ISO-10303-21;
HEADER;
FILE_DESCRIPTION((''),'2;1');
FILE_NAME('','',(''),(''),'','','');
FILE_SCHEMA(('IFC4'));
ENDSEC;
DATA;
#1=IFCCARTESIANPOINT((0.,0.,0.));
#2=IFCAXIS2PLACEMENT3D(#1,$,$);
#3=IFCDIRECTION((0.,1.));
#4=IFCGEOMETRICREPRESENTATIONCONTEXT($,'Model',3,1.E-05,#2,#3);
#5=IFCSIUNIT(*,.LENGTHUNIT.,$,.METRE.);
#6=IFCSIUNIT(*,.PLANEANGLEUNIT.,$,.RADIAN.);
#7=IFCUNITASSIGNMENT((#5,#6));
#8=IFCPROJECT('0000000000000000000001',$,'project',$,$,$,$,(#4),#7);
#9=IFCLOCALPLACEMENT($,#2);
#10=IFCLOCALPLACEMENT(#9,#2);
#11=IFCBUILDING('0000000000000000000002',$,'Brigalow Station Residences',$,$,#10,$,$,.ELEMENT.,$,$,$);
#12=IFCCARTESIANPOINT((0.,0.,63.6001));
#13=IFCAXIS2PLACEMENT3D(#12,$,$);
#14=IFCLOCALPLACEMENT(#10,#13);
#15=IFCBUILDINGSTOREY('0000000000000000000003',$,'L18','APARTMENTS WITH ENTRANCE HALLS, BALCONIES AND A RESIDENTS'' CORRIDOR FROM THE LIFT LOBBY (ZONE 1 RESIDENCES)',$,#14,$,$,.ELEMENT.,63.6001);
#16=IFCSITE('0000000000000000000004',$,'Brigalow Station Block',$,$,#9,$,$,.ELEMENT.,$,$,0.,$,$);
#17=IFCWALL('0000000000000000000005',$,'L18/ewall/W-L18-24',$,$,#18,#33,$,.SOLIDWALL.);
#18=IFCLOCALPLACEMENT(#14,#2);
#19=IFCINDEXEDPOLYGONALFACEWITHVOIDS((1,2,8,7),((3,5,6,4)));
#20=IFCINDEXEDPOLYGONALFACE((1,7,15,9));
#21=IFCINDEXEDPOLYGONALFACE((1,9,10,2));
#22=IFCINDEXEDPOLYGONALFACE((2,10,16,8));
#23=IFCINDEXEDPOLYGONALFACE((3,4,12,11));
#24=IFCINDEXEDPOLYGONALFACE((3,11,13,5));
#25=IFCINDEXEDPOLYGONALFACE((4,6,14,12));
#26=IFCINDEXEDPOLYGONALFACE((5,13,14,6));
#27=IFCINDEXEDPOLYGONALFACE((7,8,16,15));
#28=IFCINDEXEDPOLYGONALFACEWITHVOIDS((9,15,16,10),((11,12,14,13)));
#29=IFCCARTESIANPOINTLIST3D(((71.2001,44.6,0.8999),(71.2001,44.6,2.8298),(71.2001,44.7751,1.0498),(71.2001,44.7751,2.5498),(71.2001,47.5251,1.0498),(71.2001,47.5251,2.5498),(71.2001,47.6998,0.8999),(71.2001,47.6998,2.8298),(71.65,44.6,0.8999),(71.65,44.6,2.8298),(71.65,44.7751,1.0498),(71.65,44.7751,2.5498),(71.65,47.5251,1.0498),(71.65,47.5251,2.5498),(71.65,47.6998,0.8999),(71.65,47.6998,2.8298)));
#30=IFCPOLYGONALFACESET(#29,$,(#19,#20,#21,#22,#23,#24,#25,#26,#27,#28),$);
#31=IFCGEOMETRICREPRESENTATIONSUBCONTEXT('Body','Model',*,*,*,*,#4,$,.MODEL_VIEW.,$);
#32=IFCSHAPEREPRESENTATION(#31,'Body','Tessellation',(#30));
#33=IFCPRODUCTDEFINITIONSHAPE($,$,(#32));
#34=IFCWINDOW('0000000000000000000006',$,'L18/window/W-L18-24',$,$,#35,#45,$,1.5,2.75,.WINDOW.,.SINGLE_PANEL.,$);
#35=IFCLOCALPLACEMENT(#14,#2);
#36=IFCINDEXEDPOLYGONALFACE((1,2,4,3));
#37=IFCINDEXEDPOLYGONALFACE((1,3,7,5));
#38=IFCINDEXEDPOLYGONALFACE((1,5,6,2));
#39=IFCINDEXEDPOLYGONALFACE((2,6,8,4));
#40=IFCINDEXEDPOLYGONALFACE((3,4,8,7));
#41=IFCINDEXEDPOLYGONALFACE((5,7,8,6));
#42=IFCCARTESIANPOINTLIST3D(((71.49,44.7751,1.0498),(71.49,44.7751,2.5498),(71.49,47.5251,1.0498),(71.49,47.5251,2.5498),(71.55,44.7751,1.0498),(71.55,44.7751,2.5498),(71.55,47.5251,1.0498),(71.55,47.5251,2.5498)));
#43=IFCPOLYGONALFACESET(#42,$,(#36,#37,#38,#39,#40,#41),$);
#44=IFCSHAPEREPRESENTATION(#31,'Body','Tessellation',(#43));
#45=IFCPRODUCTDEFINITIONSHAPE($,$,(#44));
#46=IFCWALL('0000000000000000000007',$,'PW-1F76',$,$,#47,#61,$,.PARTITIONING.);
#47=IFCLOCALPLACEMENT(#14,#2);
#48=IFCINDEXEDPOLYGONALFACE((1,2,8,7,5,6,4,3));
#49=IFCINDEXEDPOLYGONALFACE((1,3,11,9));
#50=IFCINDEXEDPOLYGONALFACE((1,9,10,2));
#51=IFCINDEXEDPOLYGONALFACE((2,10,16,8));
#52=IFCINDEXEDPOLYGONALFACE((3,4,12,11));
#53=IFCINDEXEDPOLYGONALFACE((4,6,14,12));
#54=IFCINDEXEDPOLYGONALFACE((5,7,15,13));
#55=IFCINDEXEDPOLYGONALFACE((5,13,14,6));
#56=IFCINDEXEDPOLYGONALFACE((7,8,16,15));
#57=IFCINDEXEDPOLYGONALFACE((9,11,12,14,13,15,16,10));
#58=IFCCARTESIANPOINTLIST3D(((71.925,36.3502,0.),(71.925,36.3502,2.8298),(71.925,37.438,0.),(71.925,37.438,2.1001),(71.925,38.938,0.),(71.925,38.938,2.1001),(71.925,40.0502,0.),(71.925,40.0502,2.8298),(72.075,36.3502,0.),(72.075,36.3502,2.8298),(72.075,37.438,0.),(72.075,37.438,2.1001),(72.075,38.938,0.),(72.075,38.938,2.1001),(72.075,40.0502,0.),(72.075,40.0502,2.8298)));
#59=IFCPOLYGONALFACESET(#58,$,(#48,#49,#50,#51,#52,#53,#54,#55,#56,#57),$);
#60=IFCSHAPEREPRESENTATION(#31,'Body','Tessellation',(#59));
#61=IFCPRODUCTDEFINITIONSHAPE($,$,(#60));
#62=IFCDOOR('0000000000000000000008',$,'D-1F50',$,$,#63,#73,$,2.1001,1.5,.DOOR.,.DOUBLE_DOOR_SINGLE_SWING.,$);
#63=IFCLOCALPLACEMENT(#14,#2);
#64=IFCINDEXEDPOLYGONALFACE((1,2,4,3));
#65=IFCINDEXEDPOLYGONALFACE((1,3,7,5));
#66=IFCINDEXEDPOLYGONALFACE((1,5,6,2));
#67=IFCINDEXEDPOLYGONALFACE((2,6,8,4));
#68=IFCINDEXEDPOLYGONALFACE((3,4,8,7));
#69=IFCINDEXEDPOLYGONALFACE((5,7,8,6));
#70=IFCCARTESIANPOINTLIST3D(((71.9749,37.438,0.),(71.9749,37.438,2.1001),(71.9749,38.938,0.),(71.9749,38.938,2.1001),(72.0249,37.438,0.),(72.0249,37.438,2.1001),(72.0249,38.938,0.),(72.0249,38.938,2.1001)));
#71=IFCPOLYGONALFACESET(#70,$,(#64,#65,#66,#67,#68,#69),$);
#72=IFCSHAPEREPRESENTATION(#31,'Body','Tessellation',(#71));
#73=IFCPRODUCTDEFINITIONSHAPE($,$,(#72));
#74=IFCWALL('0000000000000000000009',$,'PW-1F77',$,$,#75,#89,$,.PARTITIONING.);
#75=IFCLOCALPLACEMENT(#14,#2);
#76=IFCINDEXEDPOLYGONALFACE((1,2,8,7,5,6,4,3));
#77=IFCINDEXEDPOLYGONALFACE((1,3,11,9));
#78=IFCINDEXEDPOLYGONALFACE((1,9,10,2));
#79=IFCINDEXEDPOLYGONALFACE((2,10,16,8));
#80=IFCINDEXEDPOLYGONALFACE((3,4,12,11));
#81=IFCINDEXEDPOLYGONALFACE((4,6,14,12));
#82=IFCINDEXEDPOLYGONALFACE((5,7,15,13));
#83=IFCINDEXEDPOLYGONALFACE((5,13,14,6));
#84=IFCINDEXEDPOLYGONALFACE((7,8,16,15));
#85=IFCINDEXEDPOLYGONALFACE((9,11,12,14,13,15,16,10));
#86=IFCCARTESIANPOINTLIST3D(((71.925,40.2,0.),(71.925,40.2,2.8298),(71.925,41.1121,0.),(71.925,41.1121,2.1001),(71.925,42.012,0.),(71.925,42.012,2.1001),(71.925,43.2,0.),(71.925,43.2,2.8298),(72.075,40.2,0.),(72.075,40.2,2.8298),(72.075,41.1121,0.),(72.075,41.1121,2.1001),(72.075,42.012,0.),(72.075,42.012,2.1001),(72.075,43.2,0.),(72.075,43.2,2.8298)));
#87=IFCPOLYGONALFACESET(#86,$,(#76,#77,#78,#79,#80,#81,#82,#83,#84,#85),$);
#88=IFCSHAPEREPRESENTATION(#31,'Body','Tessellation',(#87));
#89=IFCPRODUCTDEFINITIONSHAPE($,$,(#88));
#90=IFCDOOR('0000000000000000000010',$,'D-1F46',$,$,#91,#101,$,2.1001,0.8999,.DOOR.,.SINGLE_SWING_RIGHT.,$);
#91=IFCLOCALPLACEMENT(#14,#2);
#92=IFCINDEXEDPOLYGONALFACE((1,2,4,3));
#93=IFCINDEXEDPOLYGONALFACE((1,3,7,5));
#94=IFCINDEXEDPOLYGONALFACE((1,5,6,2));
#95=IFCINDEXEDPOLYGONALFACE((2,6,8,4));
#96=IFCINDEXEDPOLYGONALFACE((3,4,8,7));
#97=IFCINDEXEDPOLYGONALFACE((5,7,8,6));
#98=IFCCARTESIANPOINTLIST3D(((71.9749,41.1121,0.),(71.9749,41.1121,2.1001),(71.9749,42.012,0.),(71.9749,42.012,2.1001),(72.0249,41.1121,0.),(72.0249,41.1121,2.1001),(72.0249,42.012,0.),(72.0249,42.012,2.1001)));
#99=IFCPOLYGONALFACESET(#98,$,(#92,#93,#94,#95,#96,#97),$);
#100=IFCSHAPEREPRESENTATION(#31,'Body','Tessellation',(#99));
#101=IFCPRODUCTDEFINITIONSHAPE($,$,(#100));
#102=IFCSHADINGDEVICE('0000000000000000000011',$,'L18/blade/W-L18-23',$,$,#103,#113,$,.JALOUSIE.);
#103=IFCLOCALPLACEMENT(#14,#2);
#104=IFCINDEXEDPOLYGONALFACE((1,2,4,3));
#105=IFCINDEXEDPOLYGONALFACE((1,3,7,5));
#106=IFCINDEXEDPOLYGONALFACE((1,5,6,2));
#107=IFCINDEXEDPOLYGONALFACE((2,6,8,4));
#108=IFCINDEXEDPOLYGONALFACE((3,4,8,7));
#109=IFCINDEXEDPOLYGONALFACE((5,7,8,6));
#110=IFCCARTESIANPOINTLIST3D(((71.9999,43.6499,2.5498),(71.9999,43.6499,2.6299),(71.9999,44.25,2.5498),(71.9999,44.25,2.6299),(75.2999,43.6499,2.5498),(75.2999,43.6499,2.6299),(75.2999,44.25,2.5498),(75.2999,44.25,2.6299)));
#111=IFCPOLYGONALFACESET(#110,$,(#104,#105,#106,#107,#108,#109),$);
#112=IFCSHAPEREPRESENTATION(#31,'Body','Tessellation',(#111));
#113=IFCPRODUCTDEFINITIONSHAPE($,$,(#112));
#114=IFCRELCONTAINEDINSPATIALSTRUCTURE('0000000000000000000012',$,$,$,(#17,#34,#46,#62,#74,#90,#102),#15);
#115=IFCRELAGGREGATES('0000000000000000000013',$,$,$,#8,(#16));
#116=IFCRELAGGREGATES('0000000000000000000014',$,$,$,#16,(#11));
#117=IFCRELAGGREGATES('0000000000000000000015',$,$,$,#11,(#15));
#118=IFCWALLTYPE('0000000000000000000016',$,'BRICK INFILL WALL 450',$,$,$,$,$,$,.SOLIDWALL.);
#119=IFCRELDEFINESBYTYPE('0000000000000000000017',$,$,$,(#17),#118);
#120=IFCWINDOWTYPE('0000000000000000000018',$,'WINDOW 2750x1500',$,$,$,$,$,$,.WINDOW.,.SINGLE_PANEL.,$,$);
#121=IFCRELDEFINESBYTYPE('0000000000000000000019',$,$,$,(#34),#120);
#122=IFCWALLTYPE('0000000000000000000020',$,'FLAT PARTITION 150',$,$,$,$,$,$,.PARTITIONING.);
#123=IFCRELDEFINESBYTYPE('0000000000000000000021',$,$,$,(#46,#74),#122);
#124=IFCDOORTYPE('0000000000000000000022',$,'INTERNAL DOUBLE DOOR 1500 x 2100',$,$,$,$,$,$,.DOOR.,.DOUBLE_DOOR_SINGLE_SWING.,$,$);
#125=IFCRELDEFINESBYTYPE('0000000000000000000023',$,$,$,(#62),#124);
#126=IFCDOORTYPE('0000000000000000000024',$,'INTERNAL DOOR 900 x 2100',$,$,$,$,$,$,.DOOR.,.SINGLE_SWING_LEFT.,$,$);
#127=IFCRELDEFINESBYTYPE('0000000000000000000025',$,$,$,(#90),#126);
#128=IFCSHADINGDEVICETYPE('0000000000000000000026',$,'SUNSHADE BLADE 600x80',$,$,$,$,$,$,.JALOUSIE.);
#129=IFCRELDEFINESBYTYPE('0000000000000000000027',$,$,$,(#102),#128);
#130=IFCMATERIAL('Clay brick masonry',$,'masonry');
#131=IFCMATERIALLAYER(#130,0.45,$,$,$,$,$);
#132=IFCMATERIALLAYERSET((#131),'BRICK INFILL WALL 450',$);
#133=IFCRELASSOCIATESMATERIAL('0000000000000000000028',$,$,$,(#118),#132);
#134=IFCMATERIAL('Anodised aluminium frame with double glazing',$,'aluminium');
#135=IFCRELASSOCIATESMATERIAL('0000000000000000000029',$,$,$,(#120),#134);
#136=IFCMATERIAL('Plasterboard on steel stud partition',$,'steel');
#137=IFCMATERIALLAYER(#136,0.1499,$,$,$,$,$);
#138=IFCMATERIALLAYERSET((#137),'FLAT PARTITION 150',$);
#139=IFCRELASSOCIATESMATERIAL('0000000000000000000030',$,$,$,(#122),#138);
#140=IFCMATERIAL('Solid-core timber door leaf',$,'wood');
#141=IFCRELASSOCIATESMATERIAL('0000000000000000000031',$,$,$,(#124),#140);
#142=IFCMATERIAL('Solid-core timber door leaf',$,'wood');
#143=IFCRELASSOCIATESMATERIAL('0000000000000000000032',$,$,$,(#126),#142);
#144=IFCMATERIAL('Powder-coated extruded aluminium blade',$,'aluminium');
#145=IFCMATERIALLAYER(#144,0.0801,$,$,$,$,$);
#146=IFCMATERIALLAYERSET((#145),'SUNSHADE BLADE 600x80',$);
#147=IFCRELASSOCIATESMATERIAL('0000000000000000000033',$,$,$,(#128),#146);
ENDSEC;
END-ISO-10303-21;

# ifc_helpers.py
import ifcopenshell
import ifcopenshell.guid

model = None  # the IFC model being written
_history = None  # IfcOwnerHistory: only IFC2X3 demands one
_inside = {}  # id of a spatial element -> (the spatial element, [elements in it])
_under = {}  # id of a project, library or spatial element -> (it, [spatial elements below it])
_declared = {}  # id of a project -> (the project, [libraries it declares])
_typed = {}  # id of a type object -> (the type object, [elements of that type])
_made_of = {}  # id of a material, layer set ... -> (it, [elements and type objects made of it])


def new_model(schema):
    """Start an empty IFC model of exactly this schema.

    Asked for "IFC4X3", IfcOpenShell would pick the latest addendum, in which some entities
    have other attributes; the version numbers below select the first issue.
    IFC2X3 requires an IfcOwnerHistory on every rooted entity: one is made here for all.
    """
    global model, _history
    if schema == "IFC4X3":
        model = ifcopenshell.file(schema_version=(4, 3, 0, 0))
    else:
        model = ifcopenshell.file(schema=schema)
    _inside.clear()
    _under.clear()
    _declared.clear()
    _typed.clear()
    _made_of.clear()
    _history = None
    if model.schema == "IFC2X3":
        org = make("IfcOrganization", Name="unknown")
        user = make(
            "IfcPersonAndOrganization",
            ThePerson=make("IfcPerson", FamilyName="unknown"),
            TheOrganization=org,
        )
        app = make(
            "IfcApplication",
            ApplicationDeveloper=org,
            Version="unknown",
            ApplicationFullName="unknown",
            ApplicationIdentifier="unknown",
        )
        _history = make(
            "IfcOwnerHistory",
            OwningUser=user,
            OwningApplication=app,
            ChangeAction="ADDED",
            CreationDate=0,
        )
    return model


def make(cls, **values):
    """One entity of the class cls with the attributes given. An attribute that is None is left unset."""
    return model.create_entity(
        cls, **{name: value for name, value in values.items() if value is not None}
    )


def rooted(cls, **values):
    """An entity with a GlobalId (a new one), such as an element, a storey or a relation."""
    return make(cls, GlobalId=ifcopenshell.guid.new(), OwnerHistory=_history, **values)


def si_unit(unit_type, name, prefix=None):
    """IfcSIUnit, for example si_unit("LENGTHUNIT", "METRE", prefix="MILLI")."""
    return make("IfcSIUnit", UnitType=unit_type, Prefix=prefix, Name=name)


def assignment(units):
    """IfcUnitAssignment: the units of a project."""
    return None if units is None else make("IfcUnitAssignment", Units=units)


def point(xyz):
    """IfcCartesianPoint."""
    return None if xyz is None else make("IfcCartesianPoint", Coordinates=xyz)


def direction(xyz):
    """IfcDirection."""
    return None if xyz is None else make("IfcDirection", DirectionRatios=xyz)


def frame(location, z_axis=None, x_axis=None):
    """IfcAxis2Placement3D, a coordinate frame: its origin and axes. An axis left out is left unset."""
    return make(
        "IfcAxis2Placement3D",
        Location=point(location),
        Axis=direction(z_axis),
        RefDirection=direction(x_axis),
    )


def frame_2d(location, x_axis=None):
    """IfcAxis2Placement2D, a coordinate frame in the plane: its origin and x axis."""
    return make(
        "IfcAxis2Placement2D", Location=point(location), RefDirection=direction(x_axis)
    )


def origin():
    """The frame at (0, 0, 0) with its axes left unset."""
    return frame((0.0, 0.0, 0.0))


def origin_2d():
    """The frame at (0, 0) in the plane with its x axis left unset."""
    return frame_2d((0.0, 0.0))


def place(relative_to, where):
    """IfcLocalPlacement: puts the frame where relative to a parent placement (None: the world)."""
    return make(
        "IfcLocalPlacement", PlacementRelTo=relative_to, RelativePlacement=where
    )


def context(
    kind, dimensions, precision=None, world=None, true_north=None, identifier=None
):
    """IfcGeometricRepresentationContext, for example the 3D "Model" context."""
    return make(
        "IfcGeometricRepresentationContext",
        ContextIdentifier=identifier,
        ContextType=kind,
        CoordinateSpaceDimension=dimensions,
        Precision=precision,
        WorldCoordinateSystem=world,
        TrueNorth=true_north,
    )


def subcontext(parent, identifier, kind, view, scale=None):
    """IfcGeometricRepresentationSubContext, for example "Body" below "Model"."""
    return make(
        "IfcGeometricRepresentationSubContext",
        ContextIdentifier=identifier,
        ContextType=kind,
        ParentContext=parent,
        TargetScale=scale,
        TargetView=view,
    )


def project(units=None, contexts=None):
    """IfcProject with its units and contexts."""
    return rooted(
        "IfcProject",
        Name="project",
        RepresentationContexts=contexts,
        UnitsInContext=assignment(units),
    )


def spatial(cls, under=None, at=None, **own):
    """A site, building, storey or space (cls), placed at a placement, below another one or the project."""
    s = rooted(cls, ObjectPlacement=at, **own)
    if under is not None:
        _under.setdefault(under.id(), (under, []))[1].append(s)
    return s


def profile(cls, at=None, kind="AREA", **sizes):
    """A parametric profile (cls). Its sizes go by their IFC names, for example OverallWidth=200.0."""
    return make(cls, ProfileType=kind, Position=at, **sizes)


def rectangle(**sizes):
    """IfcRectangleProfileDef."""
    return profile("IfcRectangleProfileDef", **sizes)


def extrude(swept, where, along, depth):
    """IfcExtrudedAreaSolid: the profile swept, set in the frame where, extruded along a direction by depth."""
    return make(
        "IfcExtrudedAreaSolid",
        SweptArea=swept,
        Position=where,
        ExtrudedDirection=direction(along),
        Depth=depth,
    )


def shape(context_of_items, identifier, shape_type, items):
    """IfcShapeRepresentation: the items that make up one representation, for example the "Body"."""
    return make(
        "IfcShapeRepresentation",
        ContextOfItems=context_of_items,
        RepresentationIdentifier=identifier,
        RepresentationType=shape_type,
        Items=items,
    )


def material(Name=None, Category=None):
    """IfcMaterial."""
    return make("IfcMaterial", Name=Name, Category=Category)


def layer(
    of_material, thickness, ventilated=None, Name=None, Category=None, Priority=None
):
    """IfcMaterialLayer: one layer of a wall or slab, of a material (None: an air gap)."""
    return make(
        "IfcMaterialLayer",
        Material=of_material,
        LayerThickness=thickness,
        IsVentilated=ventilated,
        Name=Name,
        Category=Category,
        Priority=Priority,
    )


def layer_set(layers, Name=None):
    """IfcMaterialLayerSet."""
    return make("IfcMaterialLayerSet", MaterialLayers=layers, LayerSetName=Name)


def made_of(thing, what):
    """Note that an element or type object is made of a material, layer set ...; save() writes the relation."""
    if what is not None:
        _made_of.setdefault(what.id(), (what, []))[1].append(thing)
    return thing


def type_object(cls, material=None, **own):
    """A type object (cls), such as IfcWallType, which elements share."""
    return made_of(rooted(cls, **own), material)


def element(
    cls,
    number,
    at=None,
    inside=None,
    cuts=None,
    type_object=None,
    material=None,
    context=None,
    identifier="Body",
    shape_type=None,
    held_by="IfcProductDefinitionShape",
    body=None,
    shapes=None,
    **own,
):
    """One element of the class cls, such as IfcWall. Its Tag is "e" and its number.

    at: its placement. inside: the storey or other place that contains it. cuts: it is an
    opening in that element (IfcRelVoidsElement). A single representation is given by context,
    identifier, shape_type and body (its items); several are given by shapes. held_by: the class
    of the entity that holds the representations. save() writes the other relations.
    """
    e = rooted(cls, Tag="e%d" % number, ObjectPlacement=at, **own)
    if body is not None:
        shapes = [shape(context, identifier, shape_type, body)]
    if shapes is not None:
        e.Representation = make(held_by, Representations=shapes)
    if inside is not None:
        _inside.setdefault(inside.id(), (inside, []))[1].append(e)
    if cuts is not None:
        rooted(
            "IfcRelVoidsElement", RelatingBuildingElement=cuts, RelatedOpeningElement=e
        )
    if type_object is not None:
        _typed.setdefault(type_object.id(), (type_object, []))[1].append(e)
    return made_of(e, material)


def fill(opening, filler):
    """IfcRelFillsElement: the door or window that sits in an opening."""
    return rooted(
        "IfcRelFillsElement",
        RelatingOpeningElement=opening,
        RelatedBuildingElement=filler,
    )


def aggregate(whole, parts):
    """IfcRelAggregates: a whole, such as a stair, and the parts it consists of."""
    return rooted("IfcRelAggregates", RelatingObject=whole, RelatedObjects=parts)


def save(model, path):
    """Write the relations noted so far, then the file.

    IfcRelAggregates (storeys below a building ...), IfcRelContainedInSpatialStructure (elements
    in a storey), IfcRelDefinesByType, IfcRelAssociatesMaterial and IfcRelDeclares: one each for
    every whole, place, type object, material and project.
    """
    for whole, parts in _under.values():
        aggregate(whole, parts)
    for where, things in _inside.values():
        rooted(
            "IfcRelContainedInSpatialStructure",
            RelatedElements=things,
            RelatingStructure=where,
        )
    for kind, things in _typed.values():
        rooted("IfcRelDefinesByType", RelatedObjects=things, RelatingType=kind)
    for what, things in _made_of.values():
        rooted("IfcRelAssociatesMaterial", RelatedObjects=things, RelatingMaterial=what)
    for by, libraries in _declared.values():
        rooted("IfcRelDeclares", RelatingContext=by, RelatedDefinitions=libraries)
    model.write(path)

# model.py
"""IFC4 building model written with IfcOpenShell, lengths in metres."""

from ifc_helpers import new_model, si_unit, direction, frame, frame_2d, origin, origin_2d, place, context, subcontext, project, spatial, rectangle, extrude, material, layer, layer_set, type_object, element, fill, save


model = new_model("IFC4")

# Units and contexts
model_context = context("Model", 3, precision=1e-05, world=origin(), true_north=direction((0.0, 1.0)))
body_context = subcontext(model_context, "Body", "Model", "MODEL_VIEW")
ifc_project = project(units=[si_unit("LENGTHUNIT", "METRE"), si_unit("PLANEANGLEUNIT", "RADIAN")], contexts=[model_context])

# Site, building, storey
site_placement = place(None, origin())
site = spatial("IfcSite", under=ifc_project, at=site_placement, Name="Brigalow Station Block", CompositionType="ELEMENT", RefElevation=0.0)
building_placement = place(site_placement, origin())
building = spatial("IfcBuilding", under=site, at=building_placement, Name="Brigalow Station Residences", CompositionType="ELEMENT")
storey_placement = place(building_placement, frame((0.0, 0.0, 63.6001)))
storey = spatial("IfcBuildingStorey", under=building, at=storey_placement, Name="L18", Description="APARTMENTS WITH ENTRANCE HALLS, BALCONIES AND A RESIDENTS' CORRIDOR FROM THE LIFT LOBBY (ZONE 1 RESIDENCES)", CompositionType="ELEMENT", Elevation=63.6001)

# Wall, opening, window
ifc_material_1 = material(Name="Clay brick masonry", Category="masonry")
ifc_layer_1 = layer(ifc_material_1, 0.45)
ifc_layer_set_1 = layer_set([ifc_layer_1], Name="BRICK INFILL WALL 450")
wall_type_1 = type_object("IfcWallType", Name="BRICK INFILL WALL 450", PredefinedType="SOLIDWALL", material=ifc_layer_set_1)
wall_1_placement = place(storey_placement, frame((71.425, 44.6001, 0.8999), z_axis=(0.0, 0.0, 1.0), x_axis=(0.0, 1.0, 0.0)))
wall_1 = element("IfcWall", 1, at=wall_1_placement, inside=storey, type_object=wall_type_1, Name="L18/ewall/W-L18-24", PredefinedType="SOLIDWALL", context=body_context, shape_type="SweptSolid", body=[
    extrude(rectangle(XDim=3.0999, YDim=0.45, at=frame_2d((1.5498, 0.0))), origin(), (0.0, 0.0, 1.0), 1.9299),
])
opening_1_placement = place(wall_1_placement, frame((0.175, 0.0, 0.1499)))
opening_1 = element("IfcOpeningElement", 2, at=opening_1_placement, cuts=wall_1, PredefinedType="OPENING", context=body_context, shape_type="SweptSolid", body=[
    extrude(rectangle(XDim=2.75, YDim=1.5, at=frame_2d((1.375, 0.75))), frame((0.0, 0.2349, 0.0), z_axis=(0.0, -1.0, 0.0), x_axis=(1.0, 0.0, 0.0)), (0.0, 0.0, 1.0), 0.47),
])
ifc_material_2 = material(Name="Anodised aluminium frame with double glazing", Category="aluminium")
window_type_1 = type_object("IfcWindowType", Name="WINDOW 2750x1500", PartitioningType="SINGLE_PANEL", PredefinedType="WINDOW", material=ifc_material_2)
window_1_placement = place(opening_1_placement, origin())
window_1 = element("IfcWindow", 3, at=window_1_placement, inside=storey, type_object=window_type_1, Name="L18/window/W-L18-24", OverallHeight=1.5, OverallWidth=2.75, PartitioningType="SINGLE_PANEL", PredefinedType="WINDOW", context=body_context, shape_type="SweptSolid", body=[
    extrude(rectangle(XDim=2.75, YDim=1.5, at=frame_2d((1.375, 0.75))), frame((0.0, -0.0649, 0.0), z_axis=(0.0, -1.0, 0.0), x_axis=(1.0, 0.0, 0.0)), (0.0, 0.0, 1.0), 0.0601),
])
fill(opening_1, window_1)

# Walls, openings, doors
ifc_material_3 = material(Name="Plasterboard on steel stud partition", Category="steel")
ifc_layer_2 = layer(ifc_material_3, 0.1499)
ifc_layer_set_2 = layer_set([ifc_layer_2], Name="FLAT PARTITION 150")
wall_type_2 = type_object("IfcWallType", Name="FLAT PARTITION 150", PredefinedType="PARTITIONING", material=ifc_layer_set_2)
wall_2_placement = place(storey_placement, frame((72.0, 36.3501, 0.0), z_axis=(0.0, 0.0, 1.0), x_axis=(0.0, 1.0, 0.0)))
wall_2 = element("IfcWall", 4, at=wall_2_placement, inside=storey, type_object=wall_type_2, Name="PW-1F76", PredefinedType="PARTITIONING", context=body_context, shape_type="SweptSolid", body=[
    extrude(rectangle(XDim=3.7, YDim=0.1499, at=frame_2d((1.8501, 0.0))), origin(), (0.0, 0.0, 1.0), 2.8298),
])
opening_2_placement = place(wall_2_placement, frame((1.0879, 0.0, 0.0)))
opening_2 = element("IfcOpeningElement", 5, at=opening_2_placement, cuts=wall_2, PredefinedType="OPENING", context=body_context, shape_type="SweptSolid", body=[
    extrude(rectangle(XDim=1.5, YDim=2.1001, at=frame_2d((0.75, 1.05))), frame((0.0, 0.085, 0.0), z_axis=(0.0, -1.0, 0.0), x_axis=(1.0, 0.0, 0.0)), (0.0, 0.0, 1.0), 0.1699),
])
ifc_material_4 = material(Name="Solid-core timber door leaf", Category="wood")
door_type_1 = type_object("IfcDoorType", Name="INTERNAL DOUBLE DOOR 1500 x 2100", OperationType="DOUBLE_DOOR_SINGLE_SWING", PredefinedType="DOOR", material=ifc_material_4)
door_1_placement = place(opening_2_placement, frame((1.5, 0.0, 0.0), z_axis=(0.0, 0.0, 1.0), x_axis=(-1.0, 0.0, 0.0)))
door_1 = element("IfcDoor", 6, at=door_1_placement, inside=storey, type_object=door_type_1, Name="D-1F50", OperationType="DOUBLE_DOOR_SINGLE_SWING", OverallHeight=2.1001, OverallWidth=1.5, PredefinedType="DOOR", context=body_context, shape_type="SweptSolid", body=[
    extrude(rectangle(XDim=1.5, YDim=2.1001, at=frame_2d((0.75, 1.05))), frame((0.0, 0.0249, 0.0), z_axis=(0.0, -1.0, 0.0), x_axis=(1.0, 0.0, 0.0)), (0.0, 0.0, 1.0), 0.05),
])
fill(opening_2, door_1)
wall_3_placement = place(storey_placement, frame((72.0, 40.2, 0.0), z_axis=(0.0, 0.0, 1.0), x_axis=(0.0, 1.0, 0.0)))
wall_3 = element("IfcWall", 7, at=wall_3_placement, inside=storey, type_object=wall_type_2, Name="PW-1F77", PredefinedType="PARTITIONING", context=body_context, shape_type="SweptSolid", body=[
    extrude(rectangle(XDim=3.0, YDim=0.1499, at=frame_2d((1.5, 0.0))), origin(), (0.0, 0.0, 1.0), 2.8298),
])
opening_3_placement = place(wall_3_placement, frame((0.9121, 0.0, 0.0)))
opening_3 = element("IfcOpeningElement", 8, at=opening_3_placement, cuts=wall_3, PredefinedType="OPENING", context=body_context, shape_type="SweptSolid", body=[
    extrude(rectangle(XDim=0.8999, YDim=2.1001, at=frame_2d((0.45, 1.05))), frame((0.0, 0.085, 0.0), z_axis=(0.0, -1.0, 0.0), x_axis=(1.0, 0.0, 0.0)), (0.0, 0.0, 1.0), 0.1699),
])
ifc_material_5 = material(Name="Solid-core timber door leaf", Category="wood")
door_type_2 = type_object("IfcDoorType", Name="INTERNAL DOOR 900 x 2100", OperationType="SINGLE_SWING_LEFT", PredefinedType="DOOR", material=ifc_material_5)
door_2_placement = place(opening_3_placement, frame((0.8999, 0.0, 0.0), z_axis=(0.0, 0.0, 1.0), x_axis=(-1.0, 0.0, 0.0)))
door_2 = element("IfcDoor", 9, at=door_2_placement, inside=storey, type_object=door_type_2, Name="D-1F46", OperationType="SINGLE_SWING_RIGHT", OverallHeight=2.1001, OverallWidth=0.8999, PredefinedType="DOOR", context=body_context, shape_type="SweptSolid", body=[
    extrude(rectangle(XDim=0.8999, YDim=2.1001, at=frame_2d((0.45, 1.05))), frame((0.0, 0.0249, 0.0), z_axis=(0.0, -1.0, 0.0), x_axis=(1.0, 0.0, 0.0)), (0.0, 0.0, 1.0), 0.05),
])
fill(opening_3, door_2)

# Shading device
ifc_material_6 = material(Name="Powder-coated extruded aluminium blade", Category="aluminium")
ifc_layer_3 = layer(ifc_material_6, 0.0801)
ifc_layer_set_3 = layer_set([ifc_layer_3], Name="SUNSHADE BLADE 600x80")
shading_device_type = type_object("IfcShadingDeviceType", Name="SUNSHADE BLADE 600x80", PredefinedType="JALOUSIE", material=ifc_layer_set_3)
shading_device_placement = place(storey_placement, frame((73.6499, 43.95, 2.5498), z_axis=(0.0, 0.0, 1.0), x_axis=(-1.0, 0.0, 0.0)))
element("IfcShadingDevice", 10, at=shading_device_placement, inside=storey, type_object=shading_device_type, Name="L18/blade/W-L18-23", PredefinedType="JALOUSIE", context=body_context, shape_type="SweptSolid", body=[
    extrude(rectangle(XDim=3.3, YDim=0.6001, at=origin_2d()), origin(), (0.0, 0.0, 1.0), 0.0801),
])

save(model, "model.ifc")
